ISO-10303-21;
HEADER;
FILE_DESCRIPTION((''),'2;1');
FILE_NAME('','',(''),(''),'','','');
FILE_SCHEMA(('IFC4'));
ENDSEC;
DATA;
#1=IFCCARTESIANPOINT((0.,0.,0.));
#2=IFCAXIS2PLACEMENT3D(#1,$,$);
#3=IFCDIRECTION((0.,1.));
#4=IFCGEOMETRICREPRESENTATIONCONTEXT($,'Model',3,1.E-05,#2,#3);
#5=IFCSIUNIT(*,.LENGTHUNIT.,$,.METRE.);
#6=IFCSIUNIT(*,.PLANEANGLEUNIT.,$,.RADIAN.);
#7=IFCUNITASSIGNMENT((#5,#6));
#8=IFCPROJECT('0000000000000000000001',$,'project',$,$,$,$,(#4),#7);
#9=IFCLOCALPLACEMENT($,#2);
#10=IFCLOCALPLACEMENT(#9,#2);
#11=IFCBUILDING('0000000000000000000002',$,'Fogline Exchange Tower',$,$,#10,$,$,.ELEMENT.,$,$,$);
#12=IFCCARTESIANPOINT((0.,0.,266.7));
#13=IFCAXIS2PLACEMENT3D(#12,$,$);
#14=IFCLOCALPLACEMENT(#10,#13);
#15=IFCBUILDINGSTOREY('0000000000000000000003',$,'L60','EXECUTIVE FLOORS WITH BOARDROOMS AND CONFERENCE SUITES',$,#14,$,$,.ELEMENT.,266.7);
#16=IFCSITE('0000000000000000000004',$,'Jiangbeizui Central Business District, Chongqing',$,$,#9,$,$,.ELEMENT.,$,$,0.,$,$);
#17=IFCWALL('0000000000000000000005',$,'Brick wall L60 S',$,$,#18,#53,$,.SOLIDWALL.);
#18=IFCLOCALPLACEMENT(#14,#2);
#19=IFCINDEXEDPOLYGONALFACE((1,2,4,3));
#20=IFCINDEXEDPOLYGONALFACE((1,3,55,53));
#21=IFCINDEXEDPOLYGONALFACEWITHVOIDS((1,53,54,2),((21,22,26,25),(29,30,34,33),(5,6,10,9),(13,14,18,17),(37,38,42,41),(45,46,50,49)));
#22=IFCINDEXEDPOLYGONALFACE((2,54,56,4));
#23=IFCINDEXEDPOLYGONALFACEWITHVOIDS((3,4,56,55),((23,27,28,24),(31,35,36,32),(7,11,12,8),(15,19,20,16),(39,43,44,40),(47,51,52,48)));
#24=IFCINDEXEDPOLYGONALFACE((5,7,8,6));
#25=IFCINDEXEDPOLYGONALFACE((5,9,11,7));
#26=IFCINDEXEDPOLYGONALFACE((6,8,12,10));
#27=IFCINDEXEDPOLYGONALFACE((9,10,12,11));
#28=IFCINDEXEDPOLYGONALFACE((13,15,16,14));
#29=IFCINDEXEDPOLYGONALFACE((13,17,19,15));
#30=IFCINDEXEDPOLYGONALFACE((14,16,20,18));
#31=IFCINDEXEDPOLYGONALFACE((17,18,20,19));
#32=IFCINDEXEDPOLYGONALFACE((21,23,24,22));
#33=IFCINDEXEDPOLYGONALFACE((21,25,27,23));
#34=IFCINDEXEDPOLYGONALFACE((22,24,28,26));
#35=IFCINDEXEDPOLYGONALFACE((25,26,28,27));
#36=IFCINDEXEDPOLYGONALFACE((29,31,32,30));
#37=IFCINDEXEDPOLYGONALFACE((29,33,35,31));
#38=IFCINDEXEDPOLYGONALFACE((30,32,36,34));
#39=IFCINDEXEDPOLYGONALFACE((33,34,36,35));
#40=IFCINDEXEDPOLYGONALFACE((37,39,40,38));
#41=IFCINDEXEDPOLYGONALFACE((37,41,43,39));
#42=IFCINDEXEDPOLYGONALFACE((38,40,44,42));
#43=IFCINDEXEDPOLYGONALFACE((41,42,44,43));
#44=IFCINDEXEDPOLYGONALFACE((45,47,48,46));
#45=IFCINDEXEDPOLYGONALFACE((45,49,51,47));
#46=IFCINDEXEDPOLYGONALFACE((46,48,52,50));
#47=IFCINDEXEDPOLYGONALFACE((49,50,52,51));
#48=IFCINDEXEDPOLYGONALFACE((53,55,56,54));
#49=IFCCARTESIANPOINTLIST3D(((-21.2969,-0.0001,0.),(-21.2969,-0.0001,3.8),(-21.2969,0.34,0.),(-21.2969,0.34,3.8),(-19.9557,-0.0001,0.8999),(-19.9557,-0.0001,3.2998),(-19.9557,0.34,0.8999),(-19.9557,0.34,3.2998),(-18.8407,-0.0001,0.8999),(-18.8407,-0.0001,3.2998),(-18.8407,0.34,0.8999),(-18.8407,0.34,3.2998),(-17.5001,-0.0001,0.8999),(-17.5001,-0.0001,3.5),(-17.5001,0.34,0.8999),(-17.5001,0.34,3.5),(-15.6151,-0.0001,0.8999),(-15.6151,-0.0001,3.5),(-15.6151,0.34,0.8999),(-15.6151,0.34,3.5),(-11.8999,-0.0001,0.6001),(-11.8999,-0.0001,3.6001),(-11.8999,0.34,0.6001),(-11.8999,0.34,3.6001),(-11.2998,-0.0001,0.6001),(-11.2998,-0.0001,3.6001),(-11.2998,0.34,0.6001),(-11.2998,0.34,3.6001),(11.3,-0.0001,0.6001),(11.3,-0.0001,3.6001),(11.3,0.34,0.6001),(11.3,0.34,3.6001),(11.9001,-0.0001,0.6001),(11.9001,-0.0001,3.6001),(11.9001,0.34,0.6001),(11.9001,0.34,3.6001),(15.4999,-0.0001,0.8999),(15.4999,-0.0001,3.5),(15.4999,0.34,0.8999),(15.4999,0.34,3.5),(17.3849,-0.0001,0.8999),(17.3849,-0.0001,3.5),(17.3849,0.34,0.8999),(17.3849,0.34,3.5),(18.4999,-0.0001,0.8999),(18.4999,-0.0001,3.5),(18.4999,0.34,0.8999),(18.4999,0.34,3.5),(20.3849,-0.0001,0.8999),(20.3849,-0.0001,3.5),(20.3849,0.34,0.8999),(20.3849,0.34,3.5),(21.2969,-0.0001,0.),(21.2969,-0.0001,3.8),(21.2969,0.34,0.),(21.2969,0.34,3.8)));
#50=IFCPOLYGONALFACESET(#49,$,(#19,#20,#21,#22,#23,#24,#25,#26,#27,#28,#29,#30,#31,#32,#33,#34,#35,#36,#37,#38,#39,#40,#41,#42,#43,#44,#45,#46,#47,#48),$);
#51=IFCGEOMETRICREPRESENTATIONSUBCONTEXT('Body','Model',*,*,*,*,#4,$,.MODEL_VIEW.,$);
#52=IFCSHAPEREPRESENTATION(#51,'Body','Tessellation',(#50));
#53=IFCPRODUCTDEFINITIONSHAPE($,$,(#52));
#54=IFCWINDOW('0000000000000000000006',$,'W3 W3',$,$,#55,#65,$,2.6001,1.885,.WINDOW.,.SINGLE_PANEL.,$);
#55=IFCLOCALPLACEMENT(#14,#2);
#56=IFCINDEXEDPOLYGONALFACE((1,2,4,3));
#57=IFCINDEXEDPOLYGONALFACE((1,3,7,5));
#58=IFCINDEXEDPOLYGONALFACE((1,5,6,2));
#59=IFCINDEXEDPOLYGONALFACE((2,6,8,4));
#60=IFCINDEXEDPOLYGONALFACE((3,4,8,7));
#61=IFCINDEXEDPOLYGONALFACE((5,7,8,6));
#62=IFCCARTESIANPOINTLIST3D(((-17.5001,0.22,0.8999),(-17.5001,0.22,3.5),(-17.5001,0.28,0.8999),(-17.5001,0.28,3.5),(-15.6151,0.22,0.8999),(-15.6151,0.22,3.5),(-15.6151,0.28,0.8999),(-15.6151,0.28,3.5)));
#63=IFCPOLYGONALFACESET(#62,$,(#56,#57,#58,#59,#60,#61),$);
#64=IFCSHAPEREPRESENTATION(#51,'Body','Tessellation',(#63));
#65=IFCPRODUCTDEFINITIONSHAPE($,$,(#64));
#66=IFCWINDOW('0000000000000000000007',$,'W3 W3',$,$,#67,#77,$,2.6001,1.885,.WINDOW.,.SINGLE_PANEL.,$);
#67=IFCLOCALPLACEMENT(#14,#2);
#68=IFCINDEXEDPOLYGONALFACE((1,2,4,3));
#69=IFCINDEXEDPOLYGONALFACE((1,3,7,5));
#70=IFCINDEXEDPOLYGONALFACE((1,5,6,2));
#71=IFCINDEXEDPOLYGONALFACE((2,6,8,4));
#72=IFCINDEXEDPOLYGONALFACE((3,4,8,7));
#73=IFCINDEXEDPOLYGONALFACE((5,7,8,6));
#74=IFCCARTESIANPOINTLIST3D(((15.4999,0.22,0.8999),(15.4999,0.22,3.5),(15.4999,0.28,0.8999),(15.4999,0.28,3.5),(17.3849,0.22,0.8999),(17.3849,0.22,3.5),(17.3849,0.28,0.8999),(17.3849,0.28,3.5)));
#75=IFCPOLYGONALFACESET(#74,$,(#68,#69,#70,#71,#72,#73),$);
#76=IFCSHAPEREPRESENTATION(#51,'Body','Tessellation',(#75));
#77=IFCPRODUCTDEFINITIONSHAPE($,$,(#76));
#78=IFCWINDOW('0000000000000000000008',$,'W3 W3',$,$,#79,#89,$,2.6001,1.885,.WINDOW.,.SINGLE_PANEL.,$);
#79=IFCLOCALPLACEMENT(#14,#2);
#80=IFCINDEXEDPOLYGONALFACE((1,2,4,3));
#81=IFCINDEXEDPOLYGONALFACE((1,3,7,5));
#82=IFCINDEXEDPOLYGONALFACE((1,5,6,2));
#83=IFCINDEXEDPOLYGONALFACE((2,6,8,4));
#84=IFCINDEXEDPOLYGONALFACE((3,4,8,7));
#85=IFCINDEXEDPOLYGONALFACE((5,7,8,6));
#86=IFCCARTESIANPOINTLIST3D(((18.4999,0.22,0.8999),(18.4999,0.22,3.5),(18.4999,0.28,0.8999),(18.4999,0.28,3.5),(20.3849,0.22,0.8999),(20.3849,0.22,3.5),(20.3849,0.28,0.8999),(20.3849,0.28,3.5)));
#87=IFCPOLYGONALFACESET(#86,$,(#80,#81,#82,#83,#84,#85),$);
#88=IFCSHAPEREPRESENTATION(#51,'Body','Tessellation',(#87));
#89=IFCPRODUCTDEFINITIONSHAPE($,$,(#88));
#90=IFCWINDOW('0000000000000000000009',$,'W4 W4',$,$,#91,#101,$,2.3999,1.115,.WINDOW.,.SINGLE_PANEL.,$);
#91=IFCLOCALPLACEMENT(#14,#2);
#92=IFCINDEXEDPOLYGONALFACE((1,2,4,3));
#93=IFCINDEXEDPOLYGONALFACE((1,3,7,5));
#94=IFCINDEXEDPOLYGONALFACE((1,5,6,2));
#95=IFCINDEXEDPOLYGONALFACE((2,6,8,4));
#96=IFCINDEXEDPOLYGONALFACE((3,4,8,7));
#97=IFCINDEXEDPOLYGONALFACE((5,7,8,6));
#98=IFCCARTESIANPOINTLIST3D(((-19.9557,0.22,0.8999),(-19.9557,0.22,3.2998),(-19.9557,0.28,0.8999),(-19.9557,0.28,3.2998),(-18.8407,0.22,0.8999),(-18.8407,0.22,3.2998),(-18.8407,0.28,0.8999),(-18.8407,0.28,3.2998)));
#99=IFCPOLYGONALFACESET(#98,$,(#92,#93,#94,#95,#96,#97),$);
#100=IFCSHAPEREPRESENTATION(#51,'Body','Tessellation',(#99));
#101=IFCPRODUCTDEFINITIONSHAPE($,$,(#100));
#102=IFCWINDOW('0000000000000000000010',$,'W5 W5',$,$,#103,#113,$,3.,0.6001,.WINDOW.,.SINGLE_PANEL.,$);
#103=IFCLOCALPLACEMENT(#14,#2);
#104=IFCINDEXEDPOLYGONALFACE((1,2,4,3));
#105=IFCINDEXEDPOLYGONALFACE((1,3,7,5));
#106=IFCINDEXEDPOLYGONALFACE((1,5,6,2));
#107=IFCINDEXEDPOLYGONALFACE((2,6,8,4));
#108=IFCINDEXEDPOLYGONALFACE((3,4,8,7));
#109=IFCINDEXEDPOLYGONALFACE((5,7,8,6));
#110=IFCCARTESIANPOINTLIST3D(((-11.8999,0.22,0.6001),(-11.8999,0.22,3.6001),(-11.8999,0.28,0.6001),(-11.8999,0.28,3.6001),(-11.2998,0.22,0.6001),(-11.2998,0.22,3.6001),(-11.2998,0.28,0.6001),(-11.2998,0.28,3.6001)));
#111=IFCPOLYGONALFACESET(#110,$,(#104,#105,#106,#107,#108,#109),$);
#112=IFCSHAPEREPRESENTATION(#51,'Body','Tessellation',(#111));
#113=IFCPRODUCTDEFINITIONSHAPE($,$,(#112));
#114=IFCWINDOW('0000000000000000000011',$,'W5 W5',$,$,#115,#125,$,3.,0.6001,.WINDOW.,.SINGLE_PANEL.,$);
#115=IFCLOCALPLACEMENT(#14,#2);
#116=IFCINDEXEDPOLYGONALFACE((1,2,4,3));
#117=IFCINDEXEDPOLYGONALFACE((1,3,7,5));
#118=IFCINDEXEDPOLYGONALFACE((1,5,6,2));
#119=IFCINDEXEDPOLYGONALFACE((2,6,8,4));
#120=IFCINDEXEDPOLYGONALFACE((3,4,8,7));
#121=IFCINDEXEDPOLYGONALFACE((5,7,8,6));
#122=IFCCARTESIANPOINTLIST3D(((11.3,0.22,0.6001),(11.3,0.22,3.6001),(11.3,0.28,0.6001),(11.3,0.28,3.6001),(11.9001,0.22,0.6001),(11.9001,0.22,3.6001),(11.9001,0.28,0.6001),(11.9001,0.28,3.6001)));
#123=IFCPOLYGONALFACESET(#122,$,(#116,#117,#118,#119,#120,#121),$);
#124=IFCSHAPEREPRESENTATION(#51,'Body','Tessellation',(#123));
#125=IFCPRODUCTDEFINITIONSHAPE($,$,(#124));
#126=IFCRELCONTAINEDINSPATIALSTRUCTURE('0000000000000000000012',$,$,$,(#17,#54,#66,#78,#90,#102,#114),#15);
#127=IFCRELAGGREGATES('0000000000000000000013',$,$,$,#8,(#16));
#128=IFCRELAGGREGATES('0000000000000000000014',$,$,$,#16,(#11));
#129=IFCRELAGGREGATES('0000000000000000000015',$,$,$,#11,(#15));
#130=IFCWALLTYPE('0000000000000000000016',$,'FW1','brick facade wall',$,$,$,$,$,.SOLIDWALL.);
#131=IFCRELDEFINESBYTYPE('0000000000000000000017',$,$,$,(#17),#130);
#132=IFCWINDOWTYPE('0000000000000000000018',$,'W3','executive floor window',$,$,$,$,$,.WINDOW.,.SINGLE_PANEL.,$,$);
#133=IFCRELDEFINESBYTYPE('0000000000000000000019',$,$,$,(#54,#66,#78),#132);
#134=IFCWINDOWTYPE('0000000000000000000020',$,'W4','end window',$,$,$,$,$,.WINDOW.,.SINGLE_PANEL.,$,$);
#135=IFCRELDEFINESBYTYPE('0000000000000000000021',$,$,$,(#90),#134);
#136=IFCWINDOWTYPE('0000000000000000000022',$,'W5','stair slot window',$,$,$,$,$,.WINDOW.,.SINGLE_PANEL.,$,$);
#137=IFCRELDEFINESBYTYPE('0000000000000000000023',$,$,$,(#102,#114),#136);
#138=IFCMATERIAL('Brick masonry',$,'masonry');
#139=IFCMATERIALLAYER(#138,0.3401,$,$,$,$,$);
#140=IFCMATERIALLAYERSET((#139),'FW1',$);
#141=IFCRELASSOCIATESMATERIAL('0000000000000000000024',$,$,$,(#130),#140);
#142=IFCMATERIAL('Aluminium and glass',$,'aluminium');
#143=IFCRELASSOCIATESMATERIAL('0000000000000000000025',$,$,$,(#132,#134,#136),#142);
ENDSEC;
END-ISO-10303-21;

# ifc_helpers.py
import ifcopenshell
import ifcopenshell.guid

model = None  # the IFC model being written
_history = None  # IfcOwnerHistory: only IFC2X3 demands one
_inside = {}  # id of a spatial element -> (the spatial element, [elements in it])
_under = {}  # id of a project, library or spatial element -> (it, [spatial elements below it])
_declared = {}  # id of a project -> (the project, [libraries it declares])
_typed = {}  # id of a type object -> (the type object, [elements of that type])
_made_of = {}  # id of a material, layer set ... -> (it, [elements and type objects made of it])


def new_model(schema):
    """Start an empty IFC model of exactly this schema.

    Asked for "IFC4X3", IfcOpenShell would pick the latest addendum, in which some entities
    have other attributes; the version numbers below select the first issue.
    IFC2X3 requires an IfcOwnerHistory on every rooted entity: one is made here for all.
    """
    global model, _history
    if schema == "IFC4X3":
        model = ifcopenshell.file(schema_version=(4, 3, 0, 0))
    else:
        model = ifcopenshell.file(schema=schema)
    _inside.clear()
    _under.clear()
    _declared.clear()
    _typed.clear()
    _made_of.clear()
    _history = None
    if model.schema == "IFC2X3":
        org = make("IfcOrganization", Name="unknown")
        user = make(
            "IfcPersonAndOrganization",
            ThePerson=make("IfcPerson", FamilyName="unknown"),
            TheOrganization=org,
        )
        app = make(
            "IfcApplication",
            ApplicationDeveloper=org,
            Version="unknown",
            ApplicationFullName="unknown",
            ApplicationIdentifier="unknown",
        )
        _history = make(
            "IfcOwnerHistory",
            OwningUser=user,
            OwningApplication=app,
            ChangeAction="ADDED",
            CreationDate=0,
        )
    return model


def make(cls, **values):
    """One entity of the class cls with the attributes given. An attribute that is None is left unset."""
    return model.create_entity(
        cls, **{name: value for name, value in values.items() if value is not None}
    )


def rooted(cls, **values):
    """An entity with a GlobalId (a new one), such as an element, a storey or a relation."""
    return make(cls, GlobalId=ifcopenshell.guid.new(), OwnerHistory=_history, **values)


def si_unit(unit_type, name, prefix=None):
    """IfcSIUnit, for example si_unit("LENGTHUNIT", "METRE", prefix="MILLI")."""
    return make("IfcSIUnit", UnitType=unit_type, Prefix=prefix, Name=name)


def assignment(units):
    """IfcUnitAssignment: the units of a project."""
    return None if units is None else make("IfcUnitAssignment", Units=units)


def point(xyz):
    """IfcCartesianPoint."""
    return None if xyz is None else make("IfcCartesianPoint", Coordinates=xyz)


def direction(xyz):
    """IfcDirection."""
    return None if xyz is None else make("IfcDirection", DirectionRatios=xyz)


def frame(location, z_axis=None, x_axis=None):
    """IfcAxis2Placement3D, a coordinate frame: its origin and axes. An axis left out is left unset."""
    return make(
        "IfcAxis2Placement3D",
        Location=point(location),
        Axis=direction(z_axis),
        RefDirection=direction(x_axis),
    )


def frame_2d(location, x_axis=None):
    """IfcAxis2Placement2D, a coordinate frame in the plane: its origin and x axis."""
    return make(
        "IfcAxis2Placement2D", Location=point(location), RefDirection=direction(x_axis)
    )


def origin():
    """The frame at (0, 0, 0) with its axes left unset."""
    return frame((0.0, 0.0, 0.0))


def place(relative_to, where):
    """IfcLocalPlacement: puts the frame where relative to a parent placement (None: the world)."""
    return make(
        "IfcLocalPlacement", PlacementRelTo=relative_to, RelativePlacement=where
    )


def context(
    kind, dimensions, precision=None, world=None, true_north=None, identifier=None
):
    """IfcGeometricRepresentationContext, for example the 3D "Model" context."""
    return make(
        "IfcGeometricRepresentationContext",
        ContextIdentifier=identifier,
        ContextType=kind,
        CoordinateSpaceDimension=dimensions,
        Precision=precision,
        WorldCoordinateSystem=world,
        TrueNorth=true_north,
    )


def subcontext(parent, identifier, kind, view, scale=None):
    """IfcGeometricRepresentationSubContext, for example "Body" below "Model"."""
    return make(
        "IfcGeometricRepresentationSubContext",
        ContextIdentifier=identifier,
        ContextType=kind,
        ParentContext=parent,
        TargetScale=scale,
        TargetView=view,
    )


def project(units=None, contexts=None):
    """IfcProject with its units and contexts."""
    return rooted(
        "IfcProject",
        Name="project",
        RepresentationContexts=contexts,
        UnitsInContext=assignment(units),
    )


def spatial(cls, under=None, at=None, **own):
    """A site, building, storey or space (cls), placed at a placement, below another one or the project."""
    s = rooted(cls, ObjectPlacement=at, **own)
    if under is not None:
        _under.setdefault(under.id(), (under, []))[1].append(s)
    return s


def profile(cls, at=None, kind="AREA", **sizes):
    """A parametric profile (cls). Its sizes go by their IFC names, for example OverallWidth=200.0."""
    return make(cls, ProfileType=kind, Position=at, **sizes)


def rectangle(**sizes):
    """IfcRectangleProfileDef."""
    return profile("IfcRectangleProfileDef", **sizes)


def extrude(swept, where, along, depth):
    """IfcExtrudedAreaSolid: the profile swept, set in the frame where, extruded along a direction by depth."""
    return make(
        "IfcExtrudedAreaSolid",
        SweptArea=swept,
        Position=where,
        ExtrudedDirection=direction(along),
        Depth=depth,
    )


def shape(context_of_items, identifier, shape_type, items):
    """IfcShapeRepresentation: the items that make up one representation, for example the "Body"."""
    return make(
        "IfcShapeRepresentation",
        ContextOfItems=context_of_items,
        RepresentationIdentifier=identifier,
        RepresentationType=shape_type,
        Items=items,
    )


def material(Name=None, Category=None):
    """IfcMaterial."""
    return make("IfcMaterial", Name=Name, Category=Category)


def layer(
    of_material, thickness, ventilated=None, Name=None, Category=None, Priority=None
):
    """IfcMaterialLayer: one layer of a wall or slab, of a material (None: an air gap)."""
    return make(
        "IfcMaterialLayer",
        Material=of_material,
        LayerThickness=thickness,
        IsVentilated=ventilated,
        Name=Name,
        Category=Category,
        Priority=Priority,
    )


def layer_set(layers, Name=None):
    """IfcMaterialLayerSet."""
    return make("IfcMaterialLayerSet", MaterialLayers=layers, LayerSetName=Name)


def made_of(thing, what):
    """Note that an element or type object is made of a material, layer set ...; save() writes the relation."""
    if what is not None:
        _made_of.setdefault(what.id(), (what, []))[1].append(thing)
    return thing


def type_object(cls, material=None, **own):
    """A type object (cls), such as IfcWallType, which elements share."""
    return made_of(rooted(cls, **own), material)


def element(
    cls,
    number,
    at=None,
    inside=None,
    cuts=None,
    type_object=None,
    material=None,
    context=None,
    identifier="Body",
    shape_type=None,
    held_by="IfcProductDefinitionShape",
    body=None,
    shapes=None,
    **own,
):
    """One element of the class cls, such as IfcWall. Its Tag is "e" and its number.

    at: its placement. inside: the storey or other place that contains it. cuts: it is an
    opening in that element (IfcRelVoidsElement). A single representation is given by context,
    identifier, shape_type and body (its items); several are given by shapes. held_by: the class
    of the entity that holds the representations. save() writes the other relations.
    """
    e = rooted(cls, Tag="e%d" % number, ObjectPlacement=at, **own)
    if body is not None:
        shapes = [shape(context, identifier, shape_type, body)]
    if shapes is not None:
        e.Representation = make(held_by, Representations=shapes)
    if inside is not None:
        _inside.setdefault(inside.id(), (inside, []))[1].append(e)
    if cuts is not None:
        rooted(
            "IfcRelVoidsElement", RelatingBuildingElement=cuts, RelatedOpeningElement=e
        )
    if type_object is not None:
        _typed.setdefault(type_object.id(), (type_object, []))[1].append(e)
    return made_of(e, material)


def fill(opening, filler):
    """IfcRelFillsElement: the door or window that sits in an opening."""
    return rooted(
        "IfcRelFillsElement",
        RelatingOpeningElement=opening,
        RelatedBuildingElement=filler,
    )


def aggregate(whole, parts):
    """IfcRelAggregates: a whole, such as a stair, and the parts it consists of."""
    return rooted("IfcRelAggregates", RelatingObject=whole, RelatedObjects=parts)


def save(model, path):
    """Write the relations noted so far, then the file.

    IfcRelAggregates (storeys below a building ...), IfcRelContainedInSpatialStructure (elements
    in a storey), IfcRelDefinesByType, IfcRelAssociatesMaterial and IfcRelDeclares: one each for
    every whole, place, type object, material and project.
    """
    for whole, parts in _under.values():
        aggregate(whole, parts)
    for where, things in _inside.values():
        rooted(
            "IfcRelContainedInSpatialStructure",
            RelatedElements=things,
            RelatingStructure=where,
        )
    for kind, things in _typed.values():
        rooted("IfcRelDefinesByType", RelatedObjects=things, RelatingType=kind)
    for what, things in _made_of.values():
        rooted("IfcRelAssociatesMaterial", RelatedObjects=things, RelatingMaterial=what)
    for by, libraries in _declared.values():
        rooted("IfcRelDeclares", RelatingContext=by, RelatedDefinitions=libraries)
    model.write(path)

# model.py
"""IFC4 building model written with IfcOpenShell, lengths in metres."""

from ifc_helpers import new_model, si_unit, direction, frame, frame_2d, origin, place, context, subcontext, project, spatial, rectangle, extrude, material, layer, layer_set, type_object, element, fill, save


model = new_model("IFC4")

# Units and contexts
model_context = context("Model", 3, precision=1e-05, world=origin(), true_north=direction((0.0, 1.0)))
body_context = subcontext(model_context, "Body", "Model", "MODEL_VIEW")
ifc_project = project(units=[si_unit("LENGTHUNIT", "METRE"), si_unit("PLANEANGLEUNIT", "RADIAN")], contexts=[model_context])

# Site, building, storey
site_placement = place(None, origin())
site = spatial("IfcSite", under=ifc_project, at=site_placement, Name="Jiangbeizui Central Business District, Chongqing", CompositionType="ELEMENT", RefElevation=0.0)
building_placement = place(site_placement, origin())
building = spatial("IfcBuilding", under=site, at=building_placement, Name="Fogline Exchange Tower", CompositionType="ELEMENT")
storey_placement = place(building_placement, frame((0.0, 0.0, 266.7)))
storey = spatial("IfcBuildingStorey", under=building, at=storey_placement, Name="L60", Description="EXECUTIVE FLOORS WITH BOARDROOMS AND CONFERENCE SUITES", CompositionType="ELEMENT", Elevation=266.7)

# Shared definitions
ifc_material_1 = material(Name="Brick masonry", Category="masonry")
ifc_layer = layer(ifc_material_1, 0.3401)
ifc_layer_set = layer_set([ifc_layer], Name="FW1")
wall_type = type_object("IfcWallType", Name="FW1", Description="brick facade wall", PredefinedType="SOLIDWALL", material=ifc_layer_set)
ifc_material_2 = material(Name="Aluminium and glass", Category="aluminium")

# Wall, openings, windows
wall_1_placement = place(storey_placement, frame((-21.2969, 0.1699, 0.0), z_axis=(0.0, 0.0, 1.0), x_axis=(1.0, 0.0, 0.0)))
wall_1 = element("IfcWall", 1, at=wall_1_placement, inside=storey, type_object=wall_type, Name="Brick wall L60 S", PredefinedType="SOLIDWALL", context=body_context, shape_type="SweptSolid", body=[
    extrude(rectangle(XDim=42.5938, YDim=0.3401, at=frame_2d((21.2969, 0.0))), origin(), (0.0, 0.0, 1.0), 3.8),
])
opening_1_placement = place(wall_1_placement, frame((3.7969, 0.0, 0.8999)))
opening_1 = element("IfcOpeningElement", 2, at=opening_1_placement, cuts=wall_1, PredefinedType="OPENING", context=body_context, shape_type="SweptSolid", body=[
    extrude(rectangle(XDim=1.885, YDim=2.6001, at=frame_2d((0.9424, 1.3))), frame((0.0, 0.1802, 0.0), z_axis=(0.0, -1.0, 0.0), x_axis=(1.0, 0.0, 0.0)), (0.0, 0.0, 1.0), 0.3601),
])
opening_2_placement = place(wall_1_placement, frame((36.7969, 0.0, 0.8999)))
opening_2 = element("IfcOpeningElement", 3, at=opening_2_placement, cuts=wall_1, PredefinedType="OPENING", context=body_context, shape_type="SweptSolid", body=[
    extrude(rectangle(XDim=1.885, YDim=2.6001, at=frame_2d((0.9424, 1.3))), frame((0.0, 0.1802, 0.0), z_axis=(0.0, -1.0, 0.0), x_axis=(1.0, 0.0, 0.0)), (0.0, 0.0, 1.0), 0.3601),
])
opening_3_placement = place(wall_1_placement, frame((39.7969, 0.0, 0.8999)))
opening_3 = element("IfcOpeningElement", 4, at=opening_3_placement, cuts=wall_1, PredefinedType="OPENING", context=body_context, shape_type="SweptSolid", body=[
    extrude(rectangle(XDim=1.885, YDim=2.6001, at=frame_2d((0.9424, 1.3))), frame((0.0, 0.1802, 0.0), z_axis=(0.0, -1.0, 0.0), x_axis=(1.0, 0.0, 0.0)), (0.0, 0.0, 1.0), 0.3601),
])
opening_4_placement = place(wall_1_placement, frame((1.3411, 0.0, 0.8999)))
opening_4 = element("IfcOpeningElement", 5, at=opening_4_placement, cuts=wall_1, PredefinedType="OPENING", context=body_context, shape_type="SweptSolid", body=[
    extrude(rectangle(XDim=1.115, YDim=2.3999, at=frame_2d((0.5576, 1.2))), frame((0.0, 0.1802, 0.0), z_axis=(0.0, -1.0, 0.0), x_axis=(1.0, 0.0, 0.0)), (0.0, 0.0, 1.0), 0.3601),
])
opening_5_placement = place(wall_1_placement, frame((9.397, 0.0, 0.6001)))
opening_5 = element("IfcOpeningElement", 6, at=opening_5_placement, cuts=wall_1, PredefinedType="OPENING", context=body_context, shape_type="SweptSolid", body=[
    extrude(rectangle(XDim=0.6001, YDim=3.0, at=frame_2d((0.3, 1.5))), frame((0.0, 0.1802, 0.0), z_axis=(0.0, -1.0, 0.0), x_axis=(1.0, 0.0, 0.0)), (0.0, 0.0, 1.0), 0.3601),
])
opening_6_placement = place(wall_1_placement, frame((32.5969, 0.0, 0.6001)))
opening_6 = element("IfcOpeningElement", 7, at=opening_6_placement, cuts=wall_1, PredefinedType="OPENING", context=body_context, shape_type="SweptSolid", body=[
    extrude(rectangle(XDim=0.6001, YDim=3.0, at=frame_2d((0.3, 1.5))), frame((0.0, 0.1802, 0.0), z_axis=(0.0, -1.0, 0.0), x_axis=(1.0, 0.0, 0.0)), (0.0, 0.0, 1.0), 0.3601),
])
window_type_1 = type_object("IfcWindowType", Name="W3", Description="executive floor window", PartitioningType="SINGLE_PANEL", PredefinedType="WINDOW", material=ifc_material_2)
window_1_placement = place(opening_1_placement, origin())
window_1 = element("IfcWindow", 8, at=window_1_placement, inside=storey, type_object=window_type_1, Name="W3 W3", OverallHeight=2.6001, OverallWidth=1.885, PartitioningType="SINGLE_PANEL", PredefinedType="WINDOW", context=body_context, shape_type="SweptSolid", body=[
    extrude(rectangle(XDim=1.885, YDim=2.6001, at=frame_2d((0.9424, 1.3))), frame((0.0, 0.1101, 0.0), z_axis=(0.0, -1.0, 0.0), x_axis=(1.0, 0.0, 0.0)), (0.0, 0.0, 1.0), 0.0601),
])
fill(opening_1, window_1)
window_2_placement = place(opening_2_placement, origin())
window_2 = element("IfcWindow", 9, at=window_2_placement, inside=storey, type_object=window_type_1, Name="W3 W3", OverallHeight=2.6001, OverallWidth=1.885, PartitioningType="SINGLE_PANEL", PredefinedType="WINDOW", context=body_context, shape_type="SweptSolid", body=[
    extrude(rectangle(XDim=1.885, YDim=2.6001, at=frame_2d((0.9424, 1.3))), frame((0.0, 0.1101, 0.0), z_axis=(0.0, -1.0, 0.0), x_axis=(1.0, 0.0, 0.0)), (0.0, 0.0, 1.0), 0.0601),
])
fill(opening_2, window_2)
window_3_placement = place(opening_3_placement, origin())
window_3 = element("IfcWindow", 10, at=window_3_placement, inside=storey, type_object=window_type_1, Name="W3 W3", OverallHeight=2.6001, OverallWidth=1.885, PartitioningType="SINGLE_PANEL", PredefinedType="WINDOW", context=body_context, shape_type="SweptSolid", body=[
    extrude(rectangle(XDim=1.885, YDim=2.6001, at=frame_2d((0.9424, 1.3))), frame((0.0, 0.1101, 0.0), z_axis=(0.0, -1.0, 0.0), x_axis=(1.0, 0.0, 0.0)), (0.0, 0.0, 1.0), 0.0601),
])
fill(opening_3, window_3)
window_type_2 = type_object("IfcWindowType", Name="W4", Description="end window", PartitioningType="SINGLE_PANEL", PredefinedType="WINDOW", material=ifc_material_2)
window_4_placement = place(opening_4_placement, origin())
window_4 = element("IfcWindow", 11, at=window_4_placement, inside=storey, type_object=window_type_2, Name="W4 W4", OverallHeight=2.3999, OverallWidth=1.115, PartitioningType="SINGLE_PANEL", PredefinedType="WINDOW", context=body_context, shape_type="SweptSolid", body=[
    extrude(rectangle(XDim=1.115, YDim=2.3999, at=frame_2d((0.5576, 1.2))), frame((0.0, 0.1101, 0.0), z_axis=(0.0, -1.0, 0.0), x_axis=(1.0, 0.0, 0.0)), (0.0, 0.0, 1.0), 0.0601),
])
fill(opening_4, window_4)
window_type_3 = type_object("IfcWindowType", Name="W5", Description="stair slot window", PartitioningType="SINGLE_PANEL", PredefinedType="WINDOW", material=ifc_material_2)
window_5_placement = place(opening_5_placement, origin())
window_5 = element("IfcWindow", 12, at=window_5_placement, inside=storey, type_object=window_type_3, Name="W5 W5", OverallHeight=3.0, OverallWidth=0.6001, PartitioningType="SINGLE_PANEL", PredefinedType="WINDOW", context=body_context, shape_type="SweptSolid", body=[
    extrude(rectangle(XDim=0.6001, YDim=3.0, at=frame_2d((0.3, 1.5))), frame((0.0, 0.1101, 0.0), z_axis=(0.0, -1.0, 0.0), x_axis=(1.0, 0.0, 0.0)), (0.0, 0.0, 1.0), 0.0601),
])
fill(opening_5, window_5)
window_6_placement = place(opening_6_placement, origin())
window_6 = element("IfcWindow", 13, at=window_6_placement, inside=storey, type_object=window_type_3, Name="W5 W5", OverallHeight=3.0, OverallWidth=0.6001, PartitioningType="SINGLE_PANEL", PredefinedType="WINDOW", context=body_context, shape_type="SweptSolid", body=[
    extrude(rectangle(XDim=0.6001, YDim=3.0, at=frame_2d((0.3, 1.5))), frame((0.0, 0.1101, 0.0), z_axis=(0.0, -1.0, 0.0), x_axis=(1.0, 0.0, 0.0)), (0.0, 0.0, 1.0), 0.0601),
])
fill(opening_6, window_6)

save(model, "model.ifc")
